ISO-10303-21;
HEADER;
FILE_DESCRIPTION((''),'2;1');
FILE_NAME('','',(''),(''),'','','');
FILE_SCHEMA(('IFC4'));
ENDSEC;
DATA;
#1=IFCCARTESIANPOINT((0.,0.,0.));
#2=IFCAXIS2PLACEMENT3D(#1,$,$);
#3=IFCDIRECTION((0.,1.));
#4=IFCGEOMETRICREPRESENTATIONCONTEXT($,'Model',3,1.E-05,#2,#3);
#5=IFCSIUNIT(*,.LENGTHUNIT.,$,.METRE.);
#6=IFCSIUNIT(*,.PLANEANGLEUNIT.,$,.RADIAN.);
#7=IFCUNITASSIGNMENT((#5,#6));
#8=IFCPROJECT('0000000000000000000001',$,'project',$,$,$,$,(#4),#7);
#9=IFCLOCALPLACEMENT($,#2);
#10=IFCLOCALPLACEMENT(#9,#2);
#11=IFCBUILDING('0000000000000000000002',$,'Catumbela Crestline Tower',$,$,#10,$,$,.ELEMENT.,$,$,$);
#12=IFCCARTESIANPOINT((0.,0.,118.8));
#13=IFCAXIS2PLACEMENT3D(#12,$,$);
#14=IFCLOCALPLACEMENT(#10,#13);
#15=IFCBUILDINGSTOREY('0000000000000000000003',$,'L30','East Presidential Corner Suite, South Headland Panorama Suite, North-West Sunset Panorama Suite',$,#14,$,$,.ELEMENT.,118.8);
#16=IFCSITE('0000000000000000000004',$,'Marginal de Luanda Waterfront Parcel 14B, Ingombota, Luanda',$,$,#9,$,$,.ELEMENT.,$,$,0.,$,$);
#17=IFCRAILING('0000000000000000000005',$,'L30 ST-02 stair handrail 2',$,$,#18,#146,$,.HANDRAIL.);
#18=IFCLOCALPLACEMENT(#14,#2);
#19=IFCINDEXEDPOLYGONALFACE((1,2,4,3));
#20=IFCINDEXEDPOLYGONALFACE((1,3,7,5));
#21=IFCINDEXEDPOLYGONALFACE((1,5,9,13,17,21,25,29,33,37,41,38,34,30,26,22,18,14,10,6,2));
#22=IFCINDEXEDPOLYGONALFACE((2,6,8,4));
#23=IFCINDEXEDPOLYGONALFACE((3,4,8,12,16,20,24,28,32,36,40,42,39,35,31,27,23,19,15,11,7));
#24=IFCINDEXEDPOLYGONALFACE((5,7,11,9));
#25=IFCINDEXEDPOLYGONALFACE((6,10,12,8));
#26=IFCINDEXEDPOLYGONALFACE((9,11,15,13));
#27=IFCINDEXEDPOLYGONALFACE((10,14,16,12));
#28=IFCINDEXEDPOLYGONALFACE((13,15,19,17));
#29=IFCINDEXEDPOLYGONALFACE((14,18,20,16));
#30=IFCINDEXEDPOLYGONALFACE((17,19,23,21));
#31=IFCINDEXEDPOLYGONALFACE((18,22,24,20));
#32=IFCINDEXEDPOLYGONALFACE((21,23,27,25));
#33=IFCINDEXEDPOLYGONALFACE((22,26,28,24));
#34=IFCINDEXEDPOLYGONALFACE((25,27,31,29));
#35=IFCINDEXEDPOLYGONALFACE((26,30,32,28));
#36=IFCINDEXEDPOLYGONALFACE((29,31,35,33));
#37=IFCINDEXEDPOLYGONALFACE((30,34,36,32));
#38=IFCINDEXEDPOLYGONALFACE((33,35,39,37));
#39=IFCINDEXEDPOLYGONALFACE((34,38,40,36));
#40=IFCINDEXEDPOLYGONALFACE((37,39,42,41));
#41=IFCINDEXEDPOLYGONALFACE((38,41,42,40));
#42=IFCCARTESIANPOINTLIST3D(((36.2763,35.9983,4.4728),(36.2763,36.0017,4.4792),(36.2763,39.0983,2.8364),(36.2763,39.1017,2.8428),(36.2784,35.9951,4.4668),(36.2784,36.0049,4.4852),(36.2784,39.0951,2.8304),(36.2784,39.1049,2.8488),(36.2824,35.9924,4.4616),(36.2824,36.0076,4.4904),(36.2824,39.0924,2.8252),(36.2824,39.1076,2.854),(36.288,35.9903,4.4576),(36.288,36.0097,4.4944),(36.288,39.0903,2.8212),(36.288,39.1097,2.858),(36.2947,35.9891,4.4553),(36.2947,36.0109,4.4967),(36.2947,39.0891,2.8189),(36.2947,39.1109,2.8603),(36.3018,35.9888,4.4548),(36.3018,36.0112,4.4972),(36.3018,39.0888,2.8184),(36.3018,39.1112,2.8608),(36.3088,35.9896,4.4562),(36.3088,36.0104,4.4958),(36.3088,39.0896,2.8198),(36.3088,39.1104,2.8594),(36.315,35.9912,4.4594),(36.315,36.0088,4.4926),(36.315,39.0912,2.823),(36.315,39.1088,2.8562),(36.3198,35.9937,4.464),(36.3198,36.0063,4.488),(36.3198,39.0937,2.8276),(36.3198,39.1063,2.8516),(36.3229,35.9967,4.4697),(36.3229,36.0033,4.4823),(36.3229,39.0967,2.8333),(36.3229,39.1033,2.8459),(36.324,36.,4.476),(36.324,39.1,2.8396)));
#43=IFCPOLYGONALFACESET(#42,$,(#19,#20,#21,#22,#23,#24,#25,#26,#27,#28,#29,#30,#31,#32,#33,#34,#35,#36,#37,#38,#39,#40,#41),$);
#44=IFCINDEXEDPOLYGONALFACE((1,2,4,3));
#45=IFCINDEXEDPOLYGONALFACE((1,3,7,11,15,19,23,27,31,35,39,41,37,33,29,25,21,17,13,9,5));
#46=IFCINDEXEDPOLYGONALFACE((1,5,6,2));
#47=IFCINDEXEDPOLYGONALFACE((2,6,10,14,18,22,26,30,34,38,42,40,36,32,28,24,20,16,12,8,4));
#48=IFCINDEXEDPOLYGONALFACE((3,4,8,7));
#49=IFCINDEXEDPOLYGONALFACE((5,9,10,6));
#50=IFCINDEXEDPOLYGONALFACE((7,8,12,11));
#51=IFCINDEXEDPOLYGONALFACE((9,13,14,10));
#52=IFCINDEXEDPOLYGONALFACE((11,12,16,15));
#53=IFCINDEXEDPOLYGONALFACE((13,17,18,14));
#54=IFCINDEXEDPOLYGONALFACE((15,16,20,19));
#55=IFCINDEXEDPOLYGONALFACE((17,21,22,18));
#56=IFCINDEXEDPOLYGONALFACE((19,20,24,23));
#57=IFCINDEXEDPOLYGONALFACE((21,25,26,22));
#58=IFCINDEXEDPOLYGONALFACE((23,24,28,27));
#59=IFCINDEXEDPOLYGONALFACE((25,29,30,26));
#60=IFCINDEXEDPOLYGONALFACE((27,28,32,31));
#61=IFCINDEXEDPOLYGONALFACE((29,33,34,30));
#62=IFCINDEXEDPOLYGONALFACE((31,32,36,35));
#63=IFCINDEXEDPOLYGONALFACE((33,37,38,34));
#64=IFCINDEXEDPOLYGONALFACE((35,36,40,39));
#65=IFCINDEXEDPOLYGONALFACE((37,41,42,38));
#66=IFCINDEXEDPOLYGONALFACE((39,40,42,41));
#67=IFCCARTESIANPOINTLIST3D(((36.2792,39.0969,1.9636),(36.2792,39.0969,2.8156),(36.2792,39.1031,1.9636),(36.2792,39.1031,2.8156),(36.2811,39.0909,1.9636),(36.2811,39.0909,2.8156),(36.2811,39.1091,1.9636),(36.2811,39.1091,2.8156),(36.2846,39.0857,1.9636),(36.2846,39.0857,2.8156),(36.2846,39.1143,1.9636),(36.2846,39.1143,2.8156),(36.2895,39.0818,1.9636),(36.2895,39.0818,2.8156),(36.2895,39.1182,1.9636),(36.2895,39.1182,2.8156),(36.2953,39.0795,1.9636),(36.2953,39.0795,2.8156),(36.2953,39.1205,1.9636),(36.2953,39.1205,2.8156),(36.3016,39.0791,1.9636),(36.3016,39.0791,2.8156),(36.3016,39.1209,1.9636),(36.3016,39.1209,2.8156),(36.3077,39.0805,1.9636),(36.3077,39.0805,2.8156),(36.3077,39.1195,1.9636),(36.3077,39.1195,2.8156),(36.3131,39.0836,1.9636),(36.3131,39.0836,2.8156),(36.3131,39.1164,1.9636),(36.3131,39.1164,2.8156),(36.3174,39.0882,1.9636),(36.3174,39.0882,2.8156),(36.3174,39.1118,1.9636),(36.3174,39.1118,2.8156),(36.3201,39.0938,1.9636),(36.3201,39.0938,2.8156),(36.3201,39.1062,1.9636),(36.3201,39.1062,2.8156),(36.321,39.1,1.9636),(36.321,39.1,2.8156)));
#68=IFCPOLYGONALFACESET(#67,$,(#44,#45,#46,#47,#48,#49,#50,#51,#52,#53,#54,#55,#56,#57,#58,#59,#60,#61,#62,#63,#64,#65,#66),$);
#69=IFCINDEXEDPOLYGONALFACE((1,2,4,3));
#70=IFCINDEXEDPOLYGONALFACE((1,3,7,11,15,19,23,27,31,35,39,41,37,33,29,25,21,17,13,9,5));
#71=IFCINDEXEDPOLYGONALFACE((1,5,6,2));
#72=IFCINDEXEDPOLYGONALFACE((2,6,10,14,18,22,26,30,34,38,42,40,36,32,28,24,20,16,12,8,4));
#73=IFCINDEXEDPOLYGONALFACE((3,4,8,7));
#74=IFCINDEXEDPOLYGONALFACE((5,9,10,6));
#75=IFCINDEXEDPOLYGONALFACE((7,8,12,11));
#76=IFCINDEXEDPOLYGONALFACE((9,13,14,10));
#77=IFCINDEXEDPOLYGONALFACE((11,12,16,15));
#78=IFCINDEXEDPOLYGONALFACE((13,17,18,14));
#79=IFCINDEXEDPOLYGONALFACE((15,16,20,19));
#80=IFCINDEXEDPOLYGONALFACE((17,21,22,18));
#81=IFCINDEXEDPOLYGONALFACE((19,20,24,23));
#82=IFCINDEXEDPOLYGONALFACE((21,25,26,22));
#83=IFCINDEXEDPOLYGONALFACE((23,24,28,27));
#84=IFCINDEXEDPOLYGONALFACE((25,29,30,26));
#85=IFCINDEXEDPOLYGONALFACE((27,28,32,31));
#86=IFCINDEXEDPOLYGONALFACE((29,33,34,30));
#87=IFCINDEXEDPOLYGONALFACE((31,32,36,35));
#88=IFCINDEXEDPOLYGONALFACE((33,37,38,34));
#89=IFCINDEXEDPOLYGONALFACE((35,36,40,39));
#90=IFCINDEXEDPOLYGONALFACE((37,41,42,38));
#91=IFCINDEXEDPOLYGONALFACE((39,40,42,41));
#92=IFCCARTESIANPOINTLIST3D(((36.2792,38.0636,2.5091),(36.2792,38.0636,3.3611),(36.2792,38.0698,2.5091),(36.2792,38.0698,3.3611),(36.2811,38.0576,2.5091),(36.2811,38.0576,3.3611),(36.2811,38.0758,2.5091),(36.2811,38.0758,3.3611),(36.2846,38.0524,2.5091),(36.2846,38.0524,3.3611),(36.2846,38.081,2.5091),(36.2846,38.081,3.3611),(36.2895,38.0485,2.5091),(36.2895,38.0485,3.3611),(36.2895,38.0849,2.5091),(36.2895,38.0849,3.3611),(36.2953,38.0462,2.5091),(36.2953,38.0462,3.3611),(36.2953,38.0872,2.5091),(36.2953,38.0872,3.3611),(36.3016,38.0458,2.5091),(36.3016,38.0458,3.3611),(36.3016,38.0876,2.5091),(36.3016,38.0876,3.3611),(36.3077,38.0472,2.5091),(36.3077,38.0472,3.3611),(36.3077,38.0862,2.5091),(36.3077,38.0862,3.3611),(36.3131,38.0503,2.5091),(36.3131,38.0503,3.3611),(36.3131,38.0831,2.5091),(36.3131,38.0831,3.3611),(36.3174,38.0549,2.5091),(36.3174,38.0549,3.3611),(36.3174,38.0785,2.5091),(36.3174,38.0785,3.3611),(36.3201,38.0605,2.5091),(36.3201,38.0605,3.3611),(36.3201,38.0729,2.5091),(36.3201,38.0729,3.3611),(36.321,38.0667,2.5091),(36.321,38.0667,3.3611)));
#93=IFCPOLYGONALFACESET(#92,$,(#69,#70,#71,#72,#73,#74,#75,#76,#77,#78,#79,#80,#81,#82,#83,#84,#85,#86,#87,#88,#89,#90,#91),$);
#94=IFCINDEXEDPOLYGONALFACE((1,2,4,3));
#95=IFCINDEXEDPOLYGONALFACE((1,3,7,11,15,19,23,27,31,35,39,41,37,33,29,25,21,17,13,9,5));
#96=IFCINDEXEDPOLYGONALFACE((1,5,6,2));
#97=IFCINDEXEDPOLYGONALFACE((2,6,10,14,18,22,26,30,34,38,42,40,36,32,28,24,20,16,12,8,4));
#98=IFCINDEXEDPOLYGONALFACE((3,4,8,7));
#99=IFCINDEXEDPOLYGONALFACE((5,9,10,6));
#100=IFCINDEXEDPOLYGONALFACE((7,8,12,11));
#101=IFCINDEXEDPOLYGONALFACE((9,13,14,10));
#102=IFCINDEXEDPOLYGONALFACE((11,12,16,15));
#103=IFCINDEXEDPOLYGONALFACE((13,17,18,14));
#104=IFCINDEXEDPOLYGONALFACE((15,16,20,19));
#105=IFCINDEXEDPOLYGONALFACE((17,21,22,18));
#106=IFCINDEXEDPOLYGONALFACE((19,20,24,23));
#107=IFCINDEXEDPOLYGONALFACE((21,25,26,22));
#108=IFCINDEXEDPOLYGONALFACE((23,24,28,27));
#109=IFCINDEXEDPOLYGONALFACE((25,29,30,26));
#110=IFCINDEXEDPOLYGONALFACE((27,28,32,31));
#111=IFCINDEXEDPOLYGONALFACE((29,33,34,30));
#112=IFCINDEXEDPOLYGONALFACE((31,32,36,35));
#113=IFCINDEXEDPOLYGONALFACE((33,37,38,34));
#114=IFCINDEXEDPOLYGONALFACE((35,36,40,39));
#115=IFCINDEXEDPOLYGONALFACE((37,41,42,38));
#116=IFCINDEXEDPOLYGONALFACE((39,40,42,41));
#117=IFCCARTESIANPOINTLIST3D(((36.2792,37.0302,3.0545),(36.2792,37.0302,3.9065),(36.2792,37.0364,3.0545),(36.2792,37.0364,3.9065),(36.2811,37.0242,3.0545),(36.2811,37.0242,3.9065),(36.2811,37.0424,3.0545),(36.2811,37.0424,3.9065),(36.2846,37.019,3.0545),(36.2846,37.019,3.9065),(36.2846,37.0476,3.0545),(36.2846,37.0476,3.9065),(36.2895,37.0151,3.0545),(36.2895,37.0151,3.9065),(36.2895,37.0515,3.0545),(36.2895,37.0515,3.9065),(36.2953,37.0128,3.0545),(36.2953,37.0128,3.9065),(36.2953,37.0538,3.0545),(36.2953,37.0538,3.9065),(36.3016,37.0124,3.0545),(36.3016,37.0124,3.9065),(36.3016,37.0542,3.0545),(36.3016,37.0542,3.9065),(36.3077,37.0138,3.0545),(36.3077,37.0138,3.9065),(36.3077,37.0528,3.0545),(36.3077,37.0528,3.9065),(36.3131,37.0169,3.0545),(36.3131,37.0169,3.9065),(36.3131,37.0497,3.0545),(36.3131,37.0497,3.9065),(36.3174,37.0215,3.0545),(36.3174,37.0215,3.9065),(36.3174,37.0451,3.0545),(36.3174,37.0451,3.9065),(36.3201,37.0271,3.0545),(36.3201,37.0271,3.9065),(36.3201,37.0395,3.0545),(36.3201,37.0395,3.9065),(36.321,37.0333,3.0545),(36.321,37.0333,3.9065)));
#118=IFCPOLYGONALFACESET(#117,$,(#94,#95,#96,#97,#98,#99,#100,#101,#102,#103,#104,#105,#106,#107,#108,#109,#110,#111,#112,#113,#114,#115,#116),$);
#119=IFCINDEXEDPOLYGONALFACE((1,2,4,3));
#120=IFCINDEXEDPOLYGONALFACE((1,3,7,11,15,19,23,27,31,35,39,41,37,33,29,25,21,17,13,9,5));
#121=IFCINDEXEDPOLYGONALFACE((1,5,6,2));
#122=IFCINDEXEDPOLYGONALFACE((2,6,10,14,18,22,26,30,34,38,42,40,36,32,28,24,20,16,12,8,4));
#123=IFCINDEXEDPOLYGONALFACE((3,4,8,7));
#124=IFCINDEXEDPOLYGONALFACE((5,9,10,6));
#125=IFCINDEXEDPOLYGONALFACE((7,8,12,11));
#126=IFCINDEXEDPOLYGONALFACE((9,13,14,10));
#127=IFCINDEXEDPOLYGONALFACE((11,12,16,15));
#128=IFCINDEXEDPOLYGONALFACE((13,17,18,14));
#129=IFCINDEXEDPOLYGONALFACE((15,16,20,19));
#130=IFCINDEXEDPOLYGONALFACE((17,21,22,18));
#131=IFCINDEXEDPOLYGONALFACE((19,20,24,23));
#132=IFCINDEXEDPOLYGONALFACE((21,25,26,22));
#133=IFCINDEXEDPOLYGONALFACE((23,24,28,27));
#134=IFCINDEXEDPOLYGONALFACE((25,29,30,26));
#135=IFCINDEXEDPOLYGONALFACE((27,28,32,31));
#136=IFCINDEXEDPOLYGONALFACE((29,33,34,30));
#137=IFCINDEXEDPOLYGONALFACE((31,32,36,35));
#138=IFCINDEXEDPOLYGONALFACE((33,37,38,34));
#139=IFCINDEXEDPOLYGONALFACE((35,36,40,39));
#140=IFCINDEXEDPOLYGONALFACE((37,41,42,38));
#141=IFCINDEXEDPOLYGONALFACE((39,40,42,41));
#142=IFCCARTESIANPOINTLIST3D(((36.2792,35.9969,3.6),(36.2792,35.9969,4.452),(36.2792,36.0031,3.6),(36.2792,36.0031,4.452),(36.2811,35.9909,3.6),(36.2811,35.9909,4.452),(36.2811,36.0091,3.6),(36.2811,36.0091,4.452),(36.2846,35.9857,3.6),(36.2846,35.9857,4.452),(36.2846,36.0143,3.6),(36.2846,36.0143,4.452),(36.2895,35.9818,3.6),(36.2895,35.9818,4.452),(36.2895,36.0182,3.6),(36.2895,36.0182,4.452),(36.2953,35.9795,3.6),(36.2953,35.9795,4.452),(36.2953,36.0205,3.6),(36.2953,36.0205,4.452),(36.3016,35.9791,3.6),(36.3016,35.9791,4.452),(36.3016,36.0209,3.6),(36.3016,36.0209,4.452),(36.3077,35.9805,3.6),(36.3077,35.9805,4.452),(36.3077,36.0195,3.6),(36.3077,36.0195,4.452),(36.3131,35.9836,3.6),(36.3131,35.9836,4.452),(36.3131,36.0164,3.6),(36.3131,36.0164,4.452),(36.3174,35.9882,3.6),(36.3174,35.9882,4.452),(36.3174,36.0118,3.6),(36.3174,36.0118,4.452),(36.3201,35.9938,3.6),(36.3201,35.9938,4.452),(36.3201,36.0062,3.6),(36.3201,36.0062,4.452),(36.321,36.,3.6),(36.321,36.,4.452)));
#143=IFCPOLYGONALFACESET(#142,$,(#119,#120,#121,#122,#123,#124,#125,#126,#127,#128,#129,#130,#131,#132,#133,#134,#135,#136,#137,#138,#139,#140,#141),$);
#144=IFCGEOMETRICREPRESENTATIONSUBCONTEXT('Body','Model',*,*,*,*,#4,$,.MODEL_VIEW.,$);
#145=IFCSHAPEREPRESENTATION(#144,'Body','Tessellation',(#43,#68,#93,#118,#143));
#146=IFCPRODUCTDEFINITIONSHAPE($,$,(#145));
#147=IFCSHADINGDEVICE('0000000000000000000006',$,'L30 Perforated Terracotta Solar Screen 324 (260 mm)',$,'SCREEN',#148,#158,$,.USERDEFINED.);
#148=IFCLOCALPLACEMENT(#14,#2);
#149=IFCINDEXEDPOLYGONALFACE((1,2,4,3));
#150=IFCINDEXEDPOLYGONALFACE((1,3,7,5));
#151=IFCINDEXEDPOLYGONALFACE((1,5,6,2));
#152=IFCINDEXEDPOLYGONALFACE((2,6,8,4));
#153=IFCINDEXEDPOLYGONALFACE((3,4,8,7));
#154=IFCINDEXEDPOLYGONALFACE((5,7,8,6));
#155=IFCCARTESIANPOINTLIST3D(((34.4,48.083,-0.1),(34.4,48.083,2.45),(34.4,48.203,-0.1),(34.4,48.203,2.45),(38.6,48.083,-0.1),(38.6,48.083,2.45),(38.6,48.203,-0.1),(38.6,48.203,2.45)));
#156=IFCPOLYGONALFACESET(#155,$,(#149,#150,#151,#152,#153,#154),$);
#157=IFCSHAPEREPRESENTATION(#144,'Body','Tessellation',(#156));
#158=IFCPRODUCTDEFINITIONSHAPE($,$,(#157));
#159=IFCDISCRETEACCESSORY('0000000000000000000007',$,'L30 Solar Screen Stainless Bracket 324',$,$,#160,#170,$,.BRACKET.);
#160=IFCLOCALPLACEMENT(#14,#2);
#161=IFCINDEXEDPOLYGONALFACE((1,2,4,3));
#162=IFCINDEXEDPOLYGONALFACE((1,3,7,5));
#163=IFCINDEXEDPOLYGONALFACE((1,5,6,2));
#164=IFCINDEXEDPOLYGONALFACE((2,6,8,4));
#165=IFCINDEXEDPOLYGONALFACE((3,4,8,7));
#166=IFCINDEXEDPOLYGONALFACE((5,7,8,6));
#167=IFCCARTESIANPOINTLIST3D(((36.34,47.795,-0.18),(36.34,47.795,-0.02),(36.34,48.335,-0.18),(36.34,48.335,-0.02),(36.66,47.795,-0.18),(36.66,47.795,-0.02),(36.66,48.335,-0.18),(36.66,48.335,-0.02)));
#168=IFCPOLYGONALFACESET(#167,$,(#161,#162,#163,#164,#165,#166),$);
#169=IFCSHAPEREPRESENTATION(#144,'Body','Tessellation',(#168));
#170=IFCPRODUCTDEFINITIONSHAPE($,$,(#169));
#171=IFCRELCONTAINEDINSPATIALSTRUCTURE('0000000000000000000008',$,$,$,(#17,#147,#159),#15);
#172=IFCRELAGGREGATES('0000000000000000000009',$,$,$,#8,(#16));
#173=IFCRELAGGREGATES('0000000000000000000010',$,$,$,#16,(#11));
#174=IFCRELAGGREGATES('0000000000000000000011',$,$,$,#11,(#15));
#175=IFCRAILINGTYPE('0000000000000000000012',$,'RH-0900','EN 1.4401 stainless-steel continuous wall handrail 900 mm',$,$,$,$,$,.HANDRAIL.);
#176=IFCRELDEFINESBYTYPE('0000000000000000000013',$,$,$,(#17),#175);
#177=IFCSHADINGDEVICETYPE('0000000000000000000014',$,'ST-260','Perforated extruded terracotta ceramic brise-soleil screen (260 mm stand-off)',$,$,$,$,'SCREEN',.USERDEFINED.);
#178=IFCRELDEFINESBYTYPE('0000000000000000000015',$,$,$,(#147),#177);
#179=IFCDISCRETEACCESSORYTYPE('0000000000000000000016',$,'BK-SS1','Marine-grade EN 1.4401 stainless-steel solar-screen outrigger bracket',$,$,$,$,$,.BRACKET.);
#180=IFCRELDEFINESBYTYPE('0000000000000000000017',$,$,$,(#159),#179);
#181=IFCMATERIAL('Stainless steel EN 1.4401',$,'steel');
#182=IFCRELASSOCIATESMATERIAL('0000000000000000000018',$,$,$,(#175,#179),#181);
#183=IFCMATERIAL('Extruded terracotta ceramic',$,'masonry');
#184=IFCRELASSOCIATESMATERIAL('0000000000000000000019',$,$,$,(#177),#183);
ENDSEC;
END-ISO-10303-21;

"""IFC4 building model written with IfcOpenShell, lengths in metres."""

from ifc_helpers import new_model, si_unit, direction, frame, origin, origin_2d, place, context, subcontext, project, spatial, rectangle, circle, extrude, material, type_object, element, save


model = new_model("IFC4")

# Units and contexts
model_context = context("Model", 3, precision=1e-05, world=origin(), true_north=direction((0.0, 1.0)))
body_context = subcontext(model_context, "Body", "Model", "MODEL_VIEW")
ifc_project = project(units=[si_unit("LENGTHUNIT", "METRE"), si_unit("PLANEANGLEUNIT", "RADIAN")], contexts=[model_context])

# Site, building, storey
site_placement = place(None, origin())
site = spatial("IfcSite", under=ifc_project, at=site_placement, Name="Marginal de Luanda Waterfront Parcel 14B, Ingombota, Luanda", CompositionType="ELEMENT", RefElevation=0.0)
building_placement = place(site_placement, origin())
building = spatial("IfcBuilding", under=site, at=building_placement, Name="Catumbela Crestline Tower", CompositionType="ELEMENT")
storey_placement = place(building_placement, frame((0.0, 0.0, 118.8)))
storey = spatial("IfcBuildingStorey", under=building, at=storey_placement, Name="L30", Description="East Presidential Corner Suite, South Headland Panorama Suite, North-West Sunset Panorama Suite", CompositionType="ELEMENT", Elevation=118.8)

# Shared definitions
ifc_material_1 = material(Name="Stainless steel EN 1.4401", Category="steel")

# Shared definitions
ifc_material_2 = material(Name="Extruded terracotta ceramic", Category="masonry")

# Railing
railing_type_1 = type_object("IfcRailingType", Name="RH-0900", Description="EN 1.4401 stainless-steel continuous wall handrail 900 mm", PredefinedType="HANDRAIL", material=ifc_material_1)
railing_1_placement = place(storey_placement, frame((36.3, 39.1, 1.9636)))
element("IfcRailing", 1, at=railing_1_placement, inside=storey, type_object=railing_type_1, Name="L30 ST-02 stair handrail 2", PredefinedType="HANDRAIL", context=body_context, shape_type="SweptSolid", body=[
    extrude(circle(Radius=0.024, at=origin_2d()), frame((0.0, 0.0, 0.876), z_axis=(0.0, -0.884351, 0.466823), x_axis=(1.0, 0.0, 0.0)), (0.0, 0.0, 1.0), 3.5054),
    extrude(circle(Radius=0.021, at=origin_2d()), origin(), (0.0, 0.0, 1.0), 0.852),
    extrude(circle(Radius=0.021, at=origin_2d()), frame((0.0, -1.0333, 0.5455)), (0.0, 0.0, 1.0), 0.852),
    extrude(circle(Radius=0.021, at=origin_2d()), frame((0.0, -2.0667, 1.0909)), (0.0, 0.0, 1.0), 0.852),
    extrude(circle(Radius=0.021, at=origin_2d()), frame((0.0, -3.1, 1.6364)), (0.0, 0.0, 1.0), 0.852),
])

# Shading device
shading_device_type = type_object("IfcShadingDeviceType", Name="ST-260", Description="Perforated extruded terracotta ceramic brise-soleil screen (260 mm stand-off)", ElementType="SCREEN", PredefinedType="USERDEFINED", material=ifc_material_2)
shading_device_placement = place(storey_placement, frame((36.5, 48.143, -0.1), z_axis=(0.0, 0.0, 1.0), x_axis=(-1.0, 0.0, 0.0)))
element("IfcShadingDevice", 2, at=shading_device_placement, inside=storey, type_object=shading_device_type, Name="L30 Perforated Terracotta Solar Screen 324 (260 mm)", ObjectType="SCREEN", PredefinedType="USERDEFINED", context=body_context, shape_type="SweptSolid", body=[
    extrude(rectangle(XDim=4.2, YDim=0.12, at=origin_2d()), origin(), (0.0, 0.0, 1.0), 2.55),
])

# Discrete accessory
discrete_accessory_type = type_object("IfcDiscreteAccessoryType", Name="BK-SS1", Description="Marine-grade EN 1.4401 stainless-steel solar-screen outrigger bracket", PredefinedType="BRACKET", material=ifc_material_1)
discrete_accessory_placement = place(storey_placement, frame((36.5, 48.065, -0.18), z_axis=(0.0, 0.0, 1.0), x_axis=(-1.0, 0.0, 0.0)))
element("IfcDiscreteAccessory", 3, at=discrete_accessory_placement, inside=storey, type_object=discrete_accessory_type, Name="L30 Solar Screen Stainless Bracket 324", PredefinedType="BRACKET", context=body_context, shape_type="SweptSolid", body=[
    extrude(rectangle(XDim=0.32, YDim=0.54, at=origin_2d()), origin(), (0.0, 0.0, 1.0), 0.16),
])

save(model, "model.ifc")
